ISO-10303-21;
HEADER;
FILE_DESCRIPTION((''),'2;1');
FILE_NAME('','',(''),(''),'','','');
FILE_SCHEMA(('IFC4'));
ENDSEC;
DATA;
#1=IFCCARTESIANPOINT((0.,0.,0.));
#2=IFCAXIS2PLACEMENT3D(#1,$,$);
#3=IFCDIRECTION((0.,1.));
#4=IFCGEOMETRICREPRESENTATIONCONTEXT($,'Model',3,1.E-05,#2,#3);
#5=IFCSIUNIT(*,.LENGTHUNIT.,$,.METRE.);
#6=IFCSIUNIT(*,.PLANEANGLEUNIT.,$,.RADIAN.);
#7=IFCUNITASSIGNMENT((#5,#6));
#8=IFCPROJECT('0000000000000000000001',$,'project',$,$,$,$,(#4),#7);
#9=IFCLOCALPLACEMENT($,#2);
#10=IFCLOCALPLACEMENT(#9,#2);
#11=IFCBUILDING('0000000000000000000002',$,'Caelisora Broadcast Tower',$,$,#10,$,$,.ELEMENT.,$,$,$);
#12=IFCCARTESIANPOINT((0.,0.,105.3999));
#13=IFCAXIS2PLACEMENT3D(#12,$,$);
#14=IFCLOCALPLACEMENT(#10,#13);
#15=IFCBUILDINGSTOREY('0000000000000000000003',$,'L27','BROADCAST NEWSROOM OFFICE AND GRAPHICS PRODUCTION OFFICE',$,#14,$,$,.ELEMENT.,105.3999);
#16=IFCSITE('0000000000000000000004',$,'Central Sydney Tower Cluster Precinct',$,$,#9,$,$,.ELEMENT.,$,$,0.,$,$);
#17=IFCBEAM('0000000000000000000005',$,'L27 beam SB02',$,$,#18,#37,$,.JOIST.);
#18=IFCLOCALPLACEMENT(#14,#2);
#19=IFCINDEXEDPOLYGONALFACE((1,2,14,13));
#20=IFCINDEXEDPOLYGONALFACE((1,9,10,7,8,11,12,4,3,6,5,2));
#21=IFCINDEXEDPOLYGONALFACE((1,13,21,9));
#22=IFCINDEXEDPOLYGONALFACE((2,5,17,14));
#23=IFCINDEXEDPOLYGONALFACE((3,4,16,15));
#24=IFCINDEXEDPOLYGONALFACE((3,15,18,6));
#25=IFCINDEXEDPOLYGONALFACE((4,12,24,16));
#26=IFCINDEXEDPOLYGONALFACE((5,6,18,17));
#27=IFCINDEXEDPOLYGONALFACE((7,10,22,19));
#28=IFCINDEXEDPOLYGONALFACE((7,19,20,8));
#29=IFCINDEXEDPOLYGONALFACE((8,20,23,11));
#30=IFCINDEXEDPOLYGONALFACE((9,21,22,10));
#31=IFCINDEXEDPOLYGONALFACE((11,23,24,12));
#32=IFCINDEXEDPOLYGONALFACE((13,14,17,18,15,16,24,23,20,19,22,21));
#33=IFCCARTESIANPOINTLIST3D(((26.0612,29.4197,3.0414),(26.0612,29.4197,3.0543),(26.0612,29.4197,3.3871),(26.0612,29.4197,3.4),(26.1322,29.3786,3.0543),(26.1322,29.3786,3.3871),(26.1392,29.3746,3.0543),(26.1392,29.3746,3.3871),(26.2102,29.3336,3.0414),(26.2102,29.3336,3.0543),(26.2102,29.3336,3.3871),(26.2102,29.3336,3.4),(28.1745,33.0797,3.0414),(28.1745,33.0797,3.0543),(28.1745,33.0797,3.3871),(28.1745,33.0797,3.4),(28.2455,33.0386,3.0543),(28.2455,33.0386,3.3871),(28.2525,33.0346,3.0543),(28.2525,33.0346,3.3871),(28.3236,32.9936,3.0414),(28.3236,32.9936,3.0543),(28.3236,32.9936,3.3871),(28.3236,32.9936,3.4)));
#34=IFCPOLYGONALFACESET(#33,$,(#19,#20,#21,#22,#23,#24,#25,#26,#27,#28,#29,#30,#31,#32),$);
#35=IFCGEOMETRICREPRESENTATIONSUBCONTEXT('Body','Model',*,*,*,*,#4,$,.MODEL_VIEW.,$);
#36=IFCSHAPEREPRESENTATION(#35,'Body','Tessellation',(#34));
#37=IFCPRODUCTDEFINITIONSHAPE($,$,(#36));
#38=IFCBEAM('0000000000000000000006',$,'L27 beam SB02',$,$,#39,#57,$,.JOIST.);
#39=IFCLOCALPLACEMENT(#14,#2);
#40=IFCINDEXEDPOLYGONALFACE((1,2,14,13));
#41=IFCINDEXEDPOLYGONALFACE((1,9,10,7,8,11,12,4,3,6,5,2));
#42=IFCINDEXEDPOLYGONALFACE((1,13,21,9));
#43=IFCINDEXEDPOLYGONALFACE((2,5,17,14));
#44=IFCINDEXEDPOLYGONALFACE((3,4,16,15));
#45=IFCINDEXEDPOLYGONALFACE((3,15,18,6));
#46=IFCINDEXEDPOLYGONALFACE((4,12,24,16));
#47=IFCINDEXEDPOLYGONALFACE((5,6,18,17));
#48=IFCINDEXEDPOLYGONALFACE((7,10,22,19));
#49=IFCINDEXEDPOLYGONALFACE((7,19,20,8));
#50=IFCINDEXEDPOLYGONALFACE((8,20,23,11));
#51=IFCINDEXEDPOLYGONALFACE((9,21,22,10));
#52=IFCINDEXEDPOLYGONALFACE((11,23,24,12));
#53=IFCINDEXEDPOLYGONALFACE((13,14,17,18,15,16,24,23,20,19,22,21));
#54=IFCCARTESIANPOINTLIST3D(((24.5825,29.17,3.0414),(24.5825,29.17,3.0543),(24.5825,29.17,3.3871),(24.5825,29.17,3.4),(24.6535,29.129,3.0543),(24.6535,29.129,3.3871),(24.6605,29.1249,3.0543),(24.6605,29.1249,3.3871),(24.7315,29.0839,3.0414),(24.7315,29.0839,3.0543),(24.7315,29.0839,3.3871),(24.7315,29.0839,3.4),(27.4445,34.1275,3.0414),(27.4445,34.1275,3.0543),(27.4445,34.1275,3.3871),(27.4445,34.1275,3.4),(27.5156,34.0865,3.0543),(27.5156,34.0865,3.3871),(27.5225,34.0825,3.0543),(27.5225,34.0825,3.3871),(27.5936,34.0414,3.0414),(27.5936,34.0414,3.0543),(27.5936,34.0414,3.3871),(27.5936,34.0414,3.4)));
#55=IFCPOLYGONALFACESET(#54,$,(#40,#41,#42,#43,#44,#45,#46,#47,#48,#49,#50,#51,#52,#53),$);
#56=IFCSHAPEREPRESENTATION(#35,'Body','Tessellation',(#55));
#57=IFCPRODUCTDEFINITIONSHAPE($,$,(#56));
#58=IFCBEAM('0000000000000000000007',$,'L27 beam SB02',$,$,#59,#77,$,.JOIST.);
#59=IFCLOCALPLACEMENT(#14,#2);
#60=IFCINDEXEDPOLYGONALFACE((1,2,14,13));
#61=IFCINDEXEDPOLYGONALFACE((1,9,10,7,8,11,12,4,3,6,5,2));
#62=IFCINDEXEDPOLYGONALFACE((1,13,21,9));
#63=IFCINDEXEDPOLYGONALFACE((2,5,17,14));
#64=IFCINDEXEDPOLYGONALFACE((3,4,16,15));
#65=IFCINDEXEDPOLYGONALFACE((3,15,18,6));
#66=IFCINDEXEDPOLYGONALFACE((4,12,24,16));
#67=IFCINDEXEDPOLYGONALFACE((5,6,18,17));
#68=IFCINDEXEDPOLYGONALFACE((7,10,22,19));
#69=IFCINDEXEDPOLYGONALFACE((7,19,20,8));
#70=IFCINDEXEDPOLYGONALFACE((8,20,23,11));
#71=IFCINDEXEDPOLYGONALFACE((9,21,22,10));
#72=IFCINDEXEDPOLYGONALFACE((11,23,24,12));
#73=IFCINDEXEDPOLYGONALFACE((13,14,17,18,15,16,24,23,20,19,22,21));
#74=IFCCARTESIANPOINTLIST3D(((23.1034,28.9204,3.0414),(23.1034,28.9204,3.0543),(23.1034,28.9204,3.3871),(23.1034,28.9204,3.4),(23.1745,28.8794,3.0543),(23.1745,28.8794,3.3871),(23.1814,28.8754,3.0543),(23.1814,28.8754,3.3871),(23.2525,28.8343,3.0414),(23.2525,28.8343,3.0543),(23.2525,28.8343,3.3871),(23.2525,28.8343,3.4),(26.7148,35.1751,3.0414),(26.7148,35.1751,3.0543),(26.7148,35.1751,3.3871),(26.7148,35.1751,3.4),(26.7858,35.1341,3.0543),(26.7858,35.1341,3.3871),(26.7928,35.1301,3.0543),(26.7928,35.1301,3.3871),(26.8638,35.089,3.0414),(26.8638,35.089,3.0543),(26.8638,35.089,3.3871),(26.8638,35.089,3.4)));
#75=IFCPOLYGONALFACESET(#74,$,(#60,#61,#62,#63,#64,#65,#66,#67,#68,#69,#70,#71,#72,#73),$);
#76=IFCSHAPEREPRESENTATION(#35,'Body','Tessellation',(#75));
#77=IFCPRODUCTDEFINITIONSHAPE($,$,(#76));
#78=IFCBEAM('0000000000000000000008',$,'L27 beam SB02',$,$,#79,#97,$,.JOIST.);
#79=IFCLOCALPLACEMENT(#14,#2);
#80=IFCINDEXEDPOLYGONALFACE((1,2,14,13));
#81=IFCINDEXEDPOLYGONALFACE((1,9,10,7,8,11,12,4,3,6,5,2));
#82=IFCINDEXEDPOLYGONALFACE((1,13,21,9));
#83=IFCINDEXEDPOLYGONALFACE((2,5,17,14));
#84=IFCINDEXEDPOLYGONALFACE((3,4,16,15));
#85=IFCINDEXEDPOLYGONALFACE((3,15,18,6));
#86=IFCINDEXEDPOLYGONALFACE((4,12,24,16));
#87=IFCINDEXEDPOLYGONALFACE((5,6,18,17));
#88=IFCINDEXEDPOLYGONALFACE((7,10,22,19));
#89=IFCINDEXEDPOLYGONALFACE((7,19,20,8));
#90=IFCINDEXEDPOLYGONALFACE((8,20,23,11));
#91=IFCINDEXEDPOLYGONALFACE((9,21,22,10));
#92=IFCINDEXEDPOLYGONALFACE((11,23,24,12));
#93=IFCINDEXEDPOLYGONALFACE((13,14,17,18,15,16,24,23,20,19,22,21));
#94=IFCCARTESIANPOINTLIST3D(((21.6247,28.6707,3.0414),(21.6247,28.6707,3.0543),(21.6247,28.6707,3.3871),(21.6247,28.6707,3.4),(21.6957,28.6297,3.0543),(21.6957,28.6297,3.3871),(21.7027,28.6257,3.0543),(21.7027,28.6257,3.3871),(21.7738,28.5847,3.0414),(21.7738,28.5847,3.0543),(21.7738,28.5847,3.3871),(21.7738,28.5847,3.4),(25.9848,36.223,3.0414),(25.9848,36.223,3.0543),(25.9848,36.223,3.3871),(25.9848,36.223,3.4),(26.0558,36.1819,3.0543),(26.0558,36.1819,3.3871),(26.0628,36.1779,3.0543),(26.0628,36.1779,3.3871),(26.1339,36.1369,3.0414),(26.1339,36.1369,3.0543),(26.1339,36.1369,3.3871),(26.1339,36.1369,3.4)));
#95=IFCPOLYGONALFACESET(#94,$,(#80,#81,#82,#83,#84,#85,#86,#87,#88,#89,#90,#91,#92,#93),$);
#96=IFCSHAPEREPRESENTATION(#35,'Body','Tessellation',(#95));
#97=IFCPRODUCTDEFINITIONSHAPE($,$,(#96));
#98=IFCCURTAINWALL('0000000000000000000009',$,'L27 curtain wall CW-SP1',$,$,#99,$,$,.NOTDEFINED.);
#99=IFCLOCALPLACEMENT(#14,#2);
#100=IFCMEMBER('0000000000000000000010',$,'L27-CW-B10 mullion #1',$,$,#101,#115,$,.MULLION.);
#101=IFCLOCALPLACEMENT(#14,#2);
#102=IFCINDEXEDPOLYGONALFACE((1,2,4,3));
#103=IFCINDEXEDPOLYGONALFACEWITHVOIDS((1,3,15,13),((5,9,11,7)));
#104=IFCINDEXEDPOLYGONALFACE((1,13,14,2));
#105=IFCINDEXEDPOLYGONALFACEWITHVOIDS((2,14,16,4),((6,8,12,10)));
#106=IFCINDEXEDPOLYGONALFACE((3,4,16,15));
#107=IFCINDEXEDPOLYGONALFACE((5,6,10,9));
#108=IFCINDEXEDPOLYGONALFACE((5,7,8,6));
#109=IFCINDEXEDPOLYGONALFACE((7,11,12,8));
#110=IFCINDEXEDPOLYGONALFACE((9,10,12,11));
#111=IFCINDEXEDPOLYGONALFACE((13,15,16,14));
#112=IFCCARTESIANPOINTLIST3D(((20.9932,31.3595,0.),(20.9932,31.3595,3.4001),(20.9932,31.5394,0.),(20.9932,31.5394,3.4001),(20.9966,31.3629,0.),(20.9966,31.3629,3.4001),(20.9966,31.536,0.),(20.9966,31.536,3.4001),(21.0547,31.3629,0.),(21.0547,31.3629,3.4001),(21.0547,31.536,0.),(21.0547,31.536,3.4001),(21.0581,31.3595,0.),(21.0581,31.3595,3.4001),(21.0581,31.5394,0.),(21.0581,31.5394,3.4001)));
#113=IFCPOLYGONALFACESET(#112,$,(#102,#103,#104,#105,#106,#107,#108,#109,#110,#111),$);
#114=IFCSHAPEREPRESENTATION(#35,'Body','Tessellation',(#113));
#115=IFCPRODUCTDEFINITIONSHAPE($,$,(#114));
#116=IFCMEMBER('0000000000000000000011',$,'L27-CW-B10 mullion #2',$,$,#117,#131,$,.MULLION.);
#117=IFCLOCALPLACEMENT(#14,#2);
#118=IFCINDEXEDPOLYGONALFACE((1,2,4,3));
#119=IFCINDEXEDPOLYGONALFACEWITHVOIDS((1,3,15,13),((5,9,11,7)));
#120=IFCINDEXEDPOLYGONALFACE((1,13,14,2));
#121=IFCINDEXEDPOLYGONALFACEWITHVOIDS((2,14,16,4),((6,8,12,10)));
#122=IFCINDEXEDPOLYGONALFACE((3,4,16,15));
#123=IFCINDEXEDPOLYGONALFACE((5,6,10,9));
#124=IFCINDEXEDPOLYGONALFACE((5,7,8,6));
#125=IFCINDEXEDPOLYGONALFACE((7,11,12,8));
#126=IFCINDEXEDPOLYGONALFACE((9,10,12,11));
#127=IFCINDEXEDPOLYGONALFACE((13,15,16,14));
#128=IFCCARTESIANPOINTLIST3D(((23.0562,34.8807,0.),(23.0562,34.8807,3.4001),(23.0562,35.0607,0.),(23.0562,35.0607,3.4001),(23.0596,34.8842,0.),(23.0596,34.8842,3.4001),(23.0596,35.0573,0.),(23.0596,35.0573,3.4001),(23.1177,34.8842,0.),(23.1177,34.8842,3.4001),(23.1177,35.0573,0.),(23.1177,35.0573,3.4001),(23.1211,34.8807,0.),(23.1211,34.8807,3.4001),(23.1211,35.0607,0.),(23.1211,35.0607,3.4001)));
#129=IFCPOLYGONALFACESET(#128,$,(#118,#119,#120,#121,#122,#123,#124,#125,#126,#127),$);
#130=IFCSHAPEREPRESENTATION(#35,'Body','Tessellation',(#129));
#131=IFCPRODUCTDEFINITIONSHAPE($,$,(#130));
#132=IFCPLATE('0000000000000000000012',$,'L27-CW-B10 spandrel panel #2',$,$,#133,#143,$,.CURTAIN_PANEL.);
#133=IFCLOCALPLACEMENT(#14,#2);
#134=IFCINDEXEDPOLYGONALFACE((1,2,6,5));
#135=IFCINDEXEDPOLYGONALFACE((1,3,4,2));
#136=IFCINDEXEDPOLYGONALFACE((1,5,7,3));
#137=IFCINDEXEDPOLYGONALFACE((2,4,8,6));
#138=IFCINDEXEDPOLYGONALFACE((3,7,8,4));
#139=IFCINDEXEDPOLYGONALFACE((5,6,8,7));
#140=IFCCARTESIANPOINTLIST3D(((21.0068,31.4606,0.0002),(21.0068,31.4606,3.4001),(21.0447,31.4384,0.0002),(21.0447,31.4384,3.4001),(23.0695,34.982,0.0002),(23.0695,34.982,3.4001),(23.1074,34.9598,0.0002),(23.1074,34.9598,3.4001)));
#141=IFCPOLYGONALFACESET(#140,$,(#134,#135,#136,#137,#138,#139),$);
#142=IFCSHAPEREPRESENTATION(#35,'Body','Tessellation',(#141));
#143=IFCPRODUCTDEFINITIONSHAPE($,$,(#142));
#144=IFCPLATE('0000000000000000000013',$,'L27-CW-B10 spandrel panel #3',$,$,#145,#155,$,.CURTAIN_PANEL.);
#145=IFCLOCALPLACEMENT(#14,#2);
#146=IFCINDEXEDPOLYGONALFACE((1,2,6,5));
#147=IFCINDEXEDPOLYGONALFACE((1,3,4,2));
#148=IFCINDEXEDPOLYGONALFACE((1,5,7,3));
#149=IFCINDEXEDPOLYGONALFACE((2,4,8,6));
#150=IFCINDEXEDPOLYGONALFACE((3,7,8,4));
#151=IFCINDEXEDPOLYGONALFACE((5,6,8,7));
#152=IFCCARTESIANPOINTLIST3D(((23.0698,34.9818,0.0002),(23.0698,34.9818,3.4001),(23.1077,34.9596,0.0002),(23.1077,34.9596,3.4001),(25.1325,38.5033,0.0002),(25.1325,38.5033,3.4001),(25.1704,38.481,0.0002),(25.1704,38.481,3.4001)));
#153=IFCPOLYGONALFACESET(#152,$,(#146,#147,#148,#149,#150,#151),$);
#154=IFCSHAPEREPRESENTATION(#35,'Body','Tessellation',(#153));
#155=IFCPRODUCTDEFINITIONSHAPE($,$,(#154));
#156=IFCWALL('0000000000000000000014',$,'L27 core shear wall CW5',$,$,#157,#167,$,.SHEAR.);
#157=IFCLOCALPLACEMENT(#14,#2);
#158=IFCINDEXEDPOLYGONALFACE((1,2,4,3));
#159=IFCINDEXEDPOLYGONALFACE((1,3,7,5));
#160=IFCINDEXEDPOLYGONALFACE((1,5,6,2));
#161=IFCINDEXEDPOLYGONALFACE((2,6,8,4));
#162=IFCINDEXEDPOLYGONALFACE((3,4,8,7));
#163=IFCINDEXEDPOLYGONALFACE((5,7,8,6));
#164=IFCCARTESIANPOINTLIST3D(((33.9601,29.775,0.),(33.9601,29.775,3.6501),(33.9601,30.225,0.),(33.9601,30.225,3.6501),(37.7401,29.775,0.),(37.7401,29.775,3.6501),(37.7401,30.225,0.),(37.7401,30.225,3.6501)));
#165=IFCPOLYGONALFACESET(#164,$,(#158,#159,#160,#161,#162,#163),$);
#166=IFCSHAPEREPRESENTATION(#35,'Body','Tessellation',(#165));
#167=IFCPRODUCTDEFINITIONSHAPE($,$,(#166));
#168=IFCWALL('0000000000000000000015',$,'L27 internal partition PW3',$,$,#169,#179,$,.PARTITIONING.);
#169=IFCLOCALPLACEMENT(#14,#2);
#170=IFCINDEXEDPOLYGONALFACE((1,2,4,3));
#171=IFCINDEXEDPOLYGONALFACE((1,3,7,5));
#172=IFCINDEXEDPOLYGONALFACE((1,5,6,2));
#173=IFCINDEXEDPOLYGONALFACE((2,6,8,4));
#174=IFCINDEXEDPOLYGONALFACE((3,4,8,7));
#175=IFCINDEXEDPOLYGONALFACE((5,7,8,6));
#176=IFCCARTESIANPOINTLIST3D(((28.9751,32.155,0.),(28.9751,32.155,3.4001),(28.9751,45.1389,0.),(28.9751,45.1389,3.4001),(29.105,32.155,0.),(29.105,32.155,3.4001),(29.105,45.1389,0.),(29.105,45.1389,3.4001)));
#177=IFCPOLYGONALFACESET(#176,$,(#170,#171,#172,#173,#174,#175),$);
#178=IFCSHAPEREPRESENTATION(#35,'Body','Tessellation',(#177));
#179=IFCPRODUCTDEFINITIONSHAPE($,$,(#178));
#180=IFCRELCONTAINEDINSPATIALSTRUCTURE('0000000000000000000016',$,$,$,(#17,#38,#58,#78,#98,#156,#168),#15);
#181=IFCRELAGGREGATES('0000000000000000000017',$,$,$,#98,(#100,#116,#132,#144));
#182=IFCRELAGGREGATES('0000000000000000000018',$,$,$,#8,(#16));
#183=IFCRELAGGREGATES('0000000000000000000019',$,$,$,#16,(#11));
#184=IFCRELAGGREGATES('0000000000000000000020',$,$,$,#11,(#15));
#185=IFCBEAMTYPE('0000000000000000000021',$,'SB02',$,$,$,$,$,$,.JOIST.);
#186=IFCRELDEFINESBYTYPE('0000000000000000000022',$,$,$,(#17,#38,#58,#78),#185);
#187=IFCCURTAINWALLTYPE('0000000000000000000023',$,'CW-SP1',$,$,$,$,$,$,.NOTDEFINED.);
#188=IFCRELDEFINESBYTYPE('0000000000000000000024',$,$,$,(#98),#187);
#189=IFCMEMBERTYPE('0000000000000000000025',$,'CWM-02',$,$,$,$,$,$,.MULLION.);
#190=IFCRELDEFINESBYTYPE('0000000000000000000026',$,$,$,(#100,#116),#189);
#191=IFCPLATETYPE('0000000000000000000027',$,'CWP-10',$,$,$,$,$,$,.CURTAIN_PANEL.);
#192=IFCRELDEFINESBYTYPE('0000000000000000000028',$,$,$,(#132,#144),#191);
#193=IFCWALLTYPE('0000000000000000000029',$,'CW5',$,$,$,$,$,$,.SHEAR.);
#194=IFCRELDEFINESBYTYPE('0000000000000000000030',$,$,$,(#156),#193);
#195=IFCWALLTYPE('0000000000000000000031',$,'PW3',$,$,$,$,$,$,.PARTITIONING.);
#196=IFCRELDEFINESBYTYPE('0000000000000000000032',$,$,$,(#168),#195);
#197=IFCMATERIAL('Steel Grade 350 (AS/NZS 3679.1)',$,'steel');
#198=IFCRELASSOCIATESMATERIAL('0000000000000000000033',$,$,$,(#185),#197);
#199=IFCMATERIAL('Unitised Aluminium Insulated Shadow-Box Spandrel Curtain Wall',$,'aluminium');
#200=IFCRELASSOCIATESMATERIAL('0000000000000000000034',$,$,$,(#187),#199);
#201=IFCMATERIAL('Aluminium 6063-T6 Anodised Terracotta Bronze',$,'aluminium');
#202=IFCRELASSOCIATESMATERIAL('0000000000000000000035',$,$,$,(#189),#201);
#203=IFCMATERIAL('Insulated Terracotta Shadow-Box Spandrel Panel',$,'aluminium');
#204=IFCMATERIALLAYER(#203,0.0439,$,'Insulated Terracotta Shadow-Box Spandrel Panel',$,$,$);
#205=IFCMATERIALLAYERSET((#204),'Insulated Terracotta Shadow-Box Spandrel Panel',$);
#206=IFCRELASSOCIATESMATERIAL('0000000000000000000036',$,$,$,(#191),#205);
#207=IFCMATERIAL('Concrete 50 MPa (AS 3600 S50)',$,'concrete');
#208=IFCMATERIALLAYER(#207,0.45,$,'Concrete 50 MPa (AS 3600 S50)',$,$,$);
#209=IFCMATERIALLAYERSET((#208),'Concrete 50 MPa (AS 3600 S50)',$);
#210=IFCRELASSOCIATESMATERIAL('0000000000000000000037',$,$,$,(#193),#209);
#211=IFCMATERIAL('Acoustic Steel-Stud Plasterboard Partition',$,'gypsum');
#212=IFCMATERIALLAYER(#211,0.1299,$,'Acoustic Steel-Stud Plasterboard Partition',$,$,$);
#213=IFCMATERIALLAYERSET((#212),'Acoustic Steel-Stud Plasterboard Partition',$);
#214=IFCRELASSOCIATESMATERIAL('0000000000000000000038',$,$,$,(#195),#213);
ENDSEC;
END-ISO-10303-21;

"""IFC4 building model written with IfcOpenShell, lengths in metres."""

from ifc_helpers import new_model, si_unit, direction, frame, frame_2d, origin, origin_2d, place, context, subcontext, project, spatial, rectangle, hollow_rectangle, i_section, extrude, source, transform, mapped, material, layer, layer_set, material_profile, profile_set, type_object, type_shapes, element, aggregate, save


model = new_model("IFC4")

# Units and contexts
model_context = context("Model", 3, precision=1e-05, world=origin(), true_north=direction((0.0, 1.0)))
body_context = subcontext(model_context, "Body", "Model", "MODEL_VIEW")
ifc_project = project(units=[si_unit("LENGTHUNIT", "METRE"), si_unit("PLANEANGLEUNIT", "RADIAN")], contexts=[model_context])

# Site, building, storey
site_placement = place(None, origin())
site = spatial("IfcSite", under=ifc_project, at=site_placement, Name="Central Sydney Tower Cluster Precinct", CompositionType="ELEMENT", RefElevation=0.0)
building_placement = place(site_placement, origin())
building = spatial("IfcBuilding", under=site, at=building_placement, Name="Caelisora Broadcast Tower", CompositionType="ELEMENT")
storey_placement = place(building_placement, frame((0.0, 0.0, 105.3999)))
storey = spatial("IfcBuildingStorey", under=building, at=storey_placement, Name="L27", Description="BROADCAST NEWSROOM OFFICE AND GRAPHICS PRODUCTION OFFICE", CompositionType="ELEMENT", Elevation=105.3999)

# Shared definitions
ifc_material_1 = material(Name="Steel Grade 350 (AS/NZS 3679.1)", Category="steel")

# Beams
ifc_material_profile_1 = material_profile(ifc_material_1, i_section(OverallWidth=0.1721, OverallDepth=0.3586, WebThickness=0.0081, FlangeThickness=0.0129, at=origin_2d()), Name="Steel Grade 350 (AS/NZS 3679.1)")
ifc_profile_set_1 = profile_set([ifc_material_profile_1], Name="Steel Grade 350 (AS/NZS 3679.1)")
beam_type_1 = type_object("IfcBeamType", Name="SB02", PredefinedType="JOIST", material=ifc_profile_set_1)
shared_shape_1 = source(origin(), body_context, "Body", "SweptSolid", [
    extrude(i_section(OverallWidth=0.1721, OverallDepth=0.3586, WebThickness=0.0081, FlangeThickness=0.0129, at=origin_2d()), origin(), (0.0, 0.0, 1.0), 4.2263),
])
beam_1_placement = place(storey_placement, frame((28.249, 33.0366, 3.2207), z_axis=(-0.500041, -0.866002, 0.0), x_axis=(0.866002, -0.500041, 0.0)))
element("IfcBeam", 1, at=beam_1_placement, inside=storey, type_object=beam_type_1, Name="L27 beam SB02", PredefinedType="JOIST", context=body_context, shape_type="MappedRepresentation", body=[
    mapped(shared_shape_1, transform((0.0, 0.0, 0.0), scale=1.0)),
])
shared_shape_2 = source(origin(), body_context, "Body", "SweptSolid", [
    extrude(i_section(OverallWidth=0.1721, OverallDepth=0.3586, WebThickness=0.0081, FlangeThickness=0.0129, at=origin_2d()), origin(), (0.0, 0.0, 1.0), 5.7244),
])
beam_2_placement = place(storey_placement, frame((27.519, 34.0845, 3.2207), z_axis=(-0.499978, -0.866038, 0.0), x_axis=(0.866038, -0.499978, 0.0)))
element("IfcBeam", 2, at=beam_2_placement, inside=storey, type_object=beam_type_1, Name="L27 beam SB02", PredefinedType="JOIST", context=body_context, shape_type="MappedRepresentation", body=[
    mapped(shared_shape_2, transform((0.0, 0.0, 0.0), scale=1.0)),
])
shared_shape_3 = source(origin(), body_context, "Body", "SweptSolid", [
    extrude(i_section(OverallWidth=0.1721, OverallDepth=0.3586, WebThickness=0.0081, FlangeThickness=0.0129, at=origin_2d()), origin(), (0.0, 0.0, 1.0), 7.2224),
])
beam_3_placement = place(storey_placement, frame((26.7893, 35.1321, 3.2207), z_axis=(-0.500022, -0.866013, 0.0), x_axis=(0.866013, -0.500022, 0.0)))
element("IfcBeam", 3, at=beam_3_placement, inside=storey, type_object=beam_type_1, Name="L27 beam SB02", PredefinedType="JOIST", context=body_context, shape_type="MappedRepresentation", body=[
    mapped(shared_shape_3, transform((0.0, 0.0, 0.0), scale=1.0)),
])
shared_shape_4 = source(origin(), body_context, "Body", "SweptSolid", [
    extrude(i_section(OverallWidth=0.1721, OverallDepth=0.3586, WebThickness=0.0081, FlangeThickness=0.0129, at=origin_2d()), origin(), (0.0, 0.0, 1.0), 8.7205),
])
beam_4_placement = place(storey_placement, frame((26.0593, 36.1799, 3.2207), z_axis=(-0.499984, -0.866035, 0.0), x_axis=(0.866035, -0.499984, 0.0)))
element("IfcBeam", 4, at=beam_4_placement, inside=storey, type_object=beam_type_1, Name="L27 beam SB02", PredefinedType="JOIST", context=body_context, shape_type="MappedRepresentation", body=[
    mapped(shared_shape_4, transform((0.0, 0.0, 0.0), scale=1.0)),
])

# Curtain wall, members, plates
ifc_material_2 = material(Name="Unitised Aluminium Insulated Shadow-Box Spandrel Curtain Wall", Category="aluminium")
curtain_wall_type = type_object("IfcCurtainWallType", Name="CW-SP1", PredefinedType="NOTDEFINED", material=ifc_material_2)
curtain_wall_placement = place(storey_placement, origin())
curtain_wall = element("IfcCurtainWall", 5, at=curtain_wall_placement, inside=storey, type_object=curtain_wall_type, Name="L27 curtain wall CW-SP1", PredefinedType="NOTDEFINED")
ifc_material_3 = material(Name="Aluminium 6063-T6 Anodised Terracotta Bronze", Category="aluminium")
ifc_material_profile_2 = material_profile(ifc_material_3, hollow_rectangle(XDim=0.0649, YDim=0.1799, WallThickness=0.0034, at=origin_2d()), Name="Aluminium 6063-T6 Anodised Terracotta Bronze")
ifc_profile_set_2 = profile_set([ifc_material_profile_2], Name="Aluminium 6063-T6 Anodised Terracotta Bronze")
member_type = type_object("IfcMemberType", Name="CWM-02", PredefinedType="MULLION", material=ifc_profile_set_2)
shared_shape_5 = source(origin(), body_context, "Body", "SweptSolid", [
    extrude(hollow_rectangle(XDim=0.0649, YDim=0.1799, WallThickness=0.0034, at=origin_2d()), origin(), (0.0, 0.0, 1.0), 3.4001),
])
type_shapes(member_type, [shared_shape_5])
member_1_placement = place(storey_placement, frame((21.0256, 31.4495, 0.0), z_axis=(0.0, 0.0, 1.0), x_axis=(1.0, 0.0, 0.0)))
member_1 = element("IfcMember", 6, at=member_1_placement, type_object=member_type, Name="L27-CW-B10 mullion #1", PredefinedType="MULLION", context=body_context, shape_type="MappedRepresentation", body=[
    mapped(shared_shape_5, transform((0.0, 0.0, 0.0), scale=1.0)),
])
member_2_placement = place(storey_placement, frame((23.0886, 34.9707, 0.0), z_axis=(0.0, 0.0, 1.0), x_axis=(1.0, 0.0, 0.0)))
member_2 = element("IfcMember", 7, at=member_2_placement, type_object=member_type, Name="L27-CW-B10 mullion #2", PredefinedType="MULLION", context=body_context, shape_type="MappedRepresentation", body=[
    mapped(shared_shape_5, transform((0.0, 0.0, 0.0), scale=1.0)),
])
ifc_material_4 = material(Name="Insulated Terracotta Shadow-Box Spandrel Panel", Category="aluminium")
ifc_layer_1 = layer(ifc_material_4, 0.0439, Name="Insulated Terracotta Shadow-Box Spandrel Panel")
ifc_layer_set_1 = layer_set([ifc_layer_1], Name="Insulated Terracotta Shadow-Box Spandrel Panel")
plate_type = type_object("IfcPlateType", Name="CWP-10", PredefinedType="CURTAIN_PANEL", material=ifc_layer_set_1)
shared_shape_6 = source(origin(), body_context, "Body", "SweptSolid", [
    extrude(rectangle(XDim=4.0811, YDim=0.0439, at=origin_2d()), origin(), (0.0, 0.0, 1.0), 3.3999),
])
type_shapes(plate_type, [shared_shape_6])
plate_1_placement = place(storey_placement, frame((22.0571, 33.2102, 0.0002), z_axis=(0.0, 0.0, 1.0), x_axis=(0.505431, 0.862867, 0.0)))
plate_1 = element("IfcPlate", 8, at=plate_1_placement, type_object=plate_type, Name="L27-CW-B10 spandrel panel #2", PredefinedType="CURTAIN_PANEL", context=body_context, shape_type="MappedRepresentation", body=[
    mapped(shared_shape_6, transform((0.0, 0.0, 0.0), scale=1.0)),
])
plate_2_placement = place(storey_placement, frame((24.1201, 36.7314, 0.0002), z_axis=(0.0, 0.0, 1.0), x_axis=(0.505431, 0.862867, 0.0)))
plate_2 = element("IfcPlate", 9, at=plate_2_placement, type_object=plate_type, Name="L27-CW-B10 spandrel panel #3", PredefinedType="CURTAIN_PANEL", context=body_context, shape_type="MappedRepresentation", body=[
    mapped(shared_shape_6, transform((0.0, 0.0, 0.0), scale=1.0)),
])
aggregate(curtain_wall, [member_1, member_2, plate_1, plate_2])

# Walls
ifc_material_5 = material(Name="Concrete 50 MPa (AS 3600 S50)", Category="concrete")
ifc_layer_2 = layer(ifc_material_5, 0.45, Name="Concrete 50 MPa (AS 3600 S50)")
ifc_layer_set_2 = layer_set([ifc_layer_2], Name="Concrete 50 MPa (AS 3600 S50)")
wall_type_1 = type_object("IfcWallType", Name="CW5", PredefinedType="SHEAR", material=ifc_layer_set_2)
wall_1_placement = place(storey_placement, frame((33.96, 30.0, 0.0), z_axis=(0.0, 0.0, 1.0), x_axis=(1.0, 0.0, 0.0)))
element("IfcWall", 10, at=wall_1_placement, inside=storey, type_object=wall_type_1, Name="L27 core shear wall CW5", PredefinedType="SHEAR", context=body_context, shape_type="SweptSolid", body=[
    extrude(rectangle(XDim=3.78, YDim=0.45, at=frame_2d((1.8901, 0.0))), origin(), (0.0, 0.0, 1.0), 3.6501),
])
ifc_material_6 = material(Name="Acoustic Steel-Stud Plasterboard Partition", Category="gypsum")
ifc_layer_3 = layer(ifc_material_6, 0.1299, Name="Acoustic Steel-Stud Plasterboard Partition")
ifc_layer_set_3 = layer_set([ifc_layer_3], Name="Acoustic Steel-Stud Plasterboard Partition")
wall_type_2 = type_object("IfcWallType", Name="PW3", PredefinedType="PARTITIONING", material=ifc_layer_set_3)
wall_2_placement = place(storey_placement, frame((29.04, 32.155, 0.0), z_axis=(0.0, 0.0, 1.0), x_axis=(0.0, 1.0, 0.0)))
element("IfcWall", 11, at=wall_2_placement, inside=storey, type_object=wall_type_2, Name="L27 internal partition PW3", PredefinedType="PARTITIONING", context=body_context, shape_type="SweptSolid", body=[
    extrude(rectangle(XDim=12.9839, YDim=0.1299, at=frame_2d((6.4919, 0.0))), origin(), (0.0, 0.0, 1.0), 3.4001),
])

save(model, "model.ifc")
